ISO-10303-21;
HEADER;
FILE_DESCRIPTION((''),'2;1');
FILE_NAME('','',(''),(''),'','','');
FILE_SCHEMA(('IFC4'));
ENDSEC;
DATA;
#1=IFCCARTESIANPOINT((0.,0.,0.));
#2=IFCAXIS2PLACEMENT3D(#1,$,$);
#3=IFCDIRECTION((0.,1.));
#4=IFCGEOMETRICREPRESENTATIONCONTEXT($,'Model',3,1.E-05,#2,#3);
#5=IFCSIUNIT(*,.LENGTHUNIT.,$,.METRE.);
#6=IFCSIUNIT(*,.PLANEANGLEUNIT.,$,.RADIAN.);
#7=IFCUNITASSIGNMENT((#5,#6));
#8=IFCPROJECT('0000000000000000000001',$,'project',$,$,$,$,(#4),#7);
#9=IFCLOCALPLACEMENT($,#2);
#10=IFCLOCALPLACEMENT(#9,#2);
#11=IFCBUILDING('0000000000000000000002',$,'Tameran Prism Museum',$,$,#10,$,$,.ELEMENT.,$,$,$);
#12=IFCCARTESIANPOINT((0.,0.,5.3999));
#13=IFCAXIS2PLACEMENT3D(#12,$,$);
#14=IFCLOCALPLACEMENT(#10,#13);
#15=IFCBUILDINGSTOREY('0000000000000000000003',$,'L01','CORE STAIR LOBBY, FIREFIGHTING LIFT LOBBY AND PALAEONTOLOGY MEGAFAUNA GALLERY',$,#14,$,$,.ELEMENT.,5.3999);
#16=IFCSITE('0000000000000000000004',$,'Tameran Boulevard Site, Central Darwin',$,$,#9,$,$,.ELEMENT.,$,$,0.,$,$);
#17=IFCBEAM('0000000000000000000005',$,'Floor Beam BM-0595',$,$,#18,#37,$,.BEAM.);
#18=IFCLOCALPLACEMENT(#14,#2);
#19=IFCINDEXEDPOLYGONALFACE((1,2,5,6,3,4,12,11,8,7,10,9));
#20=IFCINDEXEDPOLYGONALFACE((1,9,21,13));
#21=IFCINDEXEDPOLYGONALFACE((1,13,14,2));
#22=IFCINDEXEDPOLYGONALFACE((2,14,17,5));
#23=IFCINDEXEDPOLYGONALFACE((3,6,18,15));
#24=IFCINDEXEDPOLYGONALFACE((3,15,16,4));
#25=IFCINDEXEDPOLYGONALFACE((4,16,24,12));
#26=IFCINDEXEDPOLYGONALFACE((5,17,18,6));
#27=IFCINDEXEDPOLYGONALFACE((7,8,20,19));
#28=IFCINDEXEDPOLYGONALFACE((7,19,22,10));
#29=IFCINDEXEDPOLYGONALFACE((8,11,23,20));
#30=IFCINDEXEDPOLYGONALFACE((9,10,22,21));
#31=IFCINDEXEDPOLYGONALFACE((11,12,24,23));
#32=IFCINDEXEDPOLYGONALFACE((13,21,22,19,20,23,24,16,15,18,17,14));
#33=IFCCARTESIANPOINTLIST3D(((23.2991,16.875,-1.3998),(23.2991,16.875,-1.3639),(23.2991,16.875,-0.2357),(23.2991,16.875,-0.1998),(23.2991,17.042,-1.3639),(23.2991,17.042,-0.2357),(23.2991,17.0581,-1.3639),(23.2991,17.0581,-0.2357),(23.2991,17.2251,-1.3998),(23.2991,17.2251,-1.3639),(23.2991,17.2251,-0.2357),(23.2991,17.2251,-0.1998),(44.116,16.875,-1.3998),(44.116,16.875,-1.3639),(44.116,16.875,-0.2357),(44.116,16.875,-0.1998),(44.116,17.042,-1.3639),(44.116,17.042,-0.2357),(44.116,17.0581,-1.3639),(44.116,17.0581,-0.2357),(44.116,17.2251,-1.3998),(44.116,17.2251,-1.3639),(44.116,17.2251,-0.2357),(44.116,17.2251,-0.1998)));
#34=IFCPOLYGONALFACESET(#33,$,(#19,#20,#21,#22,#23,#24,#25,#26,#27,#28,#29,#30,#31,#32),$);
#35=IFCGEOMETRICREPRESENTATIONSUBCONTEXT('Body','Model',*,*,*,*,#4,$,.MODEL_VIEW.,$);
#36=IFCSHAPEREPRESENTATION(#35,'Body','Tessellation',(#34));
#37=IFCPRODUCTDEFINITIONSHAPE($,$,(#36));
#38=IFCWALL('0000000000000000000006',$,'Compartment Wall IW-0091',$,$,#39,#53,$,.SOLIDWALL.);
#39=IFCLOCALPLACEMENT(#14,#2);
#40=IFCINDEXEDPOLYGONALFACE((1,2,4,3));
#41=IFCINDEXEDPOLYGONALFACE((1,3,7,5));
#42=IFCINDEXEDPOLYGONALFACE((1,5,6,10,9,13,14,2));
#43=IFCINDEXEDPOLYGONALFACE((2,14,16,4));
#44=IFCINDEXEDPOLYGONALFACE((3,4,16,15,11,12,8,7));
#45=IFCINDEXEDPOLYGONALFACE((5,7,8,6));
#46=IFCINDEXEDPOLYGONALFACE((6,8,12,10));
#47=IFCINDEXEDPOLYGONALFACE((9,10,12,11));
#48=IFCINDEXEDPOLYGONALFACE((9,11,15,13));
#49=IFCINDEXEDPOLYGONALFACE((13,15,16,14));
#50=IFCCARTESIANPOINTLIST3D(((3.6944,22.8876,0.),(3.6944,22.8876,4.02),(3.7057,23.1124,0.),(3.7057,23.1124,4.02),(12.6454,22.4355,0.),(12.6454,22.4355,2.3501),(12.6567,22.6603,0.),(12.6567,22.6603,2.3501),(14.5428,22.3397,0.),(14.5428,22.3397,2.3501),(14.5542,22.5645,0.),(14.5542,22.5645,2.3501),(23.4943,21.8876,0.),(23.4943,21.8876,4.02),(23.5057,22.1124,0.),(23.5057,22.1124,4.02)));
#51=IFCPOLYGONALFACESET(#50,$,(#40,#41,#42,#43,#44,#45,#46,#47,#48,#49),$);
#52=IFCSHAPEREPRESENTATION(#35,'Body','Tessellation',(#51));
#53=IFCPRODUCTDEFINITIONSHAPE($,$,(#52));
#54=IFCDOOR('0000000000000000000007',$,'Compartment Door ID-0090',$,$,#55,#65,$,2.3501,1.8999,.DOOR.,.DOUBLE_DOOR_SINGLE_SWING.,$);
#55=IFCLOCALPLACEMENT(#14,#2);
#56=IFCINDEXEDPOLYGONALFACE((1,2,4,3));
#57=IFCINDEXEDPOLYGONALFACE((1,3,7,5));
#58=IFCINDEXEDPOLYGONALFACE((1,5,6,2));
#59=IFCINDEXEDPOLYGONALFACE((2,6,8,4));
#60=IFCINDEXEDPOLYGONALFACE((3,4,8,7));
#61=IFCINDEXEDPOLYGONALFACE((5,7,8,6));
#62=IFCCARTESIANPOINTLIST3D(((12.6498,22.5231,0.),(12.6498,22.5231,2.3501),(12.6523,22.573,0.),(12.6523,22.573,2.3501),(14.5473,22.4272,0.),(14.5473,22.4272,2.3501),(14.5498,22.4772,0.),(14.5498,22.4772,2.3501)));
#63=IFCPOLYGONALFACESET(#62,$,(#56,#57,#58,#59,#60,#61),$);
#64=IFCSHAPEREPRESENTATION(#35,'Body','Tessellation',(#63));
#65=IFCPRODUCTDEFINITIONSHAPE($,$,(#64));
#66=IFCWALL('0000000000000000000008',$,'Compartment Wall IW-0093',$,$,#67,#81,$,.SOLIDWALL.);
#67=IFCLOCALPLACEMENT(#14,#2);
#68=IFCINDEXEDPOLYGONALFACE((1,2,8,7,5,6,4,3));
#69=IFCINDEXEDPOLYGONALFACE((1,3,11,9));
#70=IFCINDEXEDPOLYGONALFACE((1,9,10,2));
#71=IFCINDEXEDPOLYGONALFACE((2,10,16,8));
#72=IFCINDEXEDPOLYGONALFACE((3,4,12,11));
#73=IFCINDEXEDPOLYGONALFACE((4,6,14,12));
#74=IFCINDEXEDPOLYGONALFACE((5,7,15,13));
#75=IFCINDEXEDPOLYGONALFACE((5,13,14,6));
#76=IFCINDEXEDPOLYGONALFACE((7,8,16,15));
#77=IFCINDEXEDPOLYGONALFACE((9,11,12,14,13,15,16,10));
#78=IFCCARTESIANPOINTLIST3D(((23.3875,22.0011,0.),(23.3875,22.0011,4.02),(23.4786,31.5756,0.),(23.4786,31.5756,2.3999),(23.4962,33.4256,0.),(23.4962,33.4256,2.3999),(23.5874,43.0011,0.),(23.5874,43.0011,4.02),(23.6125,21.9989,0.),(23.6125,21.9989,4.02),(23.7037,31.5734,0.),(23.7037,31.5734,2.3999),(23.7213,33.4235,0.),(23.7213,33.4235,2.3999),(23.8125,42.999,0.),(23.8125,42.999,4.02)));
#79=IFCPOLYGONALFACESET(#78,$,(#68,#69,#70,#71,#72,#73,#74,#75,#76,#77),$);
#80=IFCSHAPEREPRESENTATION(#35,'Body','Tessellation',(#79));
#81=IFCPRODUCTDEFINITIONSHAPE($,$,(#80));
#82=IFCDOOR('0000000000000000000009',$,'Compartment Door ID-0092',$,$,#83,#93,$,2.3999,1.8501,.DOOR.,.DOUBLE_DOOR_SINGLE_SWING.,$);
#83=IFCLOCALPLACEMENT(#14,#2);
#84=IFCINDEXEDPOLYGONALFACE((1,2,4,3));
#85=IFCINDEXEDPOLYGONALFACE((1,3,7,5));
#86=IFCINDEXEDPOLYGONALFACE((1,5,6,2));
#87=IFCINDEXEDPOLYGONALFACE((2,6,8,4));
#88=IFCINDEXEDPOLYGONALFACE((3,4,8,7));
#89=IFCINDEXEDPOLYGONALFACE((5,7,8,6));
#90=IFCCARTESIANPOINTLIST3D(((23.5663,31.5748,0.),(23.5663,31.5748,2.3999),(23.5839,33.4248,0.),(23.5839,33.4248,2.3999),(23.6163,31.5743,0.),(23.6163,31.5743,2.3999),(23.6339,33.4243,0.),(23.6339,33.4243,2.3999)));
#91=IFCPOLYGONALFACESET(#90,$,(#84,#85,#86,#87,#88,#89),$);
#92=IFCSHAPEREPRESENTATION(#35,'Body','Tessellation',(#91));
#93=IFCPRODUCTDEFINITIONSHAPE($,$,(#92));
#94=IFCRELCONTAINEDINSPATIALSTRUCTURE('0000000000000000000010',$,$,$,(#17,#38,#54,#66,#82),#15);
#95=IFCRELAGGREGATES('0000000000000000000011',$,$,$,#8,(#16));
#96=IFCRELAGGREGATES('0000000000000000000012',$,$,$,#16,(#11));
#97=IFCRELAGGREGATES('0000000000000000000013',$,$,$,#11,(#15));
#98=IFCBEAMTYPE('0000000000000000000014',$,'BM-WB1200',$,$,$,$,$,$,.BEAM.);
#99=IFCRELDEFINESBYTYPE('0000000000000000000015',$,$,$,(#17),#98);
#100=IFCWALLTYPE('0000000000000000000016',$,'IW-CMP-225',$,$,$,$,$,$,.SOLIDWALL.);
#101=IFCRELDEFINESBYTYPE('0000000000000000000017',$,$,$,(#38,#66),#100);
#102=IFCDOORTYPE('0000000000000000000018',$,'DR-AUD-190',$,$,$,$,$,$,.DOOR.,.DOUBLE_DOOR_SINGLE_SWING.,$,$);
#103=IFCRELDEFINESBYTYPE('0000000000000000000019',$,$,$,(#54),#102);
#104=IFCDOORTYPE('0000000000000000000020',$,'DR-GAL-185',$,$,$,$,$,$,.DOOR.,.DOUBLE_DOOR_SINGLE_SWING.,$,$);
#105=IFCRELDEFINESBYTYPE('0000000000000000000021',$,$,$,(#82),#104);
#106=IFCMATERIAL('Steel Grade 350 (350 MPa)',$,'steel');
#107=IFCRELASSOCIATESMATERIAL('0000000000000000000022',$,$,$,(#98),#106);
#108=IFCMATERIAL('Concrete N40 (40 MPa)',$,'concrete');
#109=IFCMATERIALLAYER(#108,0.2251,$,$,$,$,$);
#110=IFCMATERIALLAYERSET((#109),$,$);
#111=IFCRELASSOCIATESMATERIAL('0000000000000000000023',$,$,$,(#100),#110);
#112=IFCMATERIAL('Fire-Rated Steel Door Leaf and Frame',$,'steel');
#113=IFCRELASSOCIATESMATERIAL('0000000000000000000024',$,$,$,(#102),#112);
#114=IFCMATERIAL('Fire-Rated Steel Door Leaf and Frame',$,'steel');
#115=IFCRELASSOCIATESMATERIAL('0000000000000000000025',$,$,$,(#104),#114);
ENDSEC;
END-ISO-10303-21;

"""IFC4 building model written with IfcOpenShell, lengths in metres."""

from ifc_helpers import new_model, si_unit, direction, frame, frame_2d, origin, origin_2d, place, context, subcontext, project, spatial, rectangle, i_section, extrude, material, layer, layer_set, material_profile, profile_set, type_object, element, fill, save


model = new_model("IFC4")

# Units and contexts
model_context = context("Model", 3, precision=1e-05, world=origin(), true_north=direction((0.0, 1.0)))
body_context = subcontext(model_context, "Body", "Model", "MODEL_VIEW")
ifc_project = project(units=[si_unit("LENGTHUNIT", "METRE"), si_unit("PLANEANGLEUNIT", "RADIAN")], contexts=[model_context])

# Site, building, storey
site_placement = place(None, origin())
site = spatial("IfcSite", under=ifc_project, at=site_placement, Name="Tameran Boulevard Site, Central Darwin", CompositionType="ELEMENT", RefElevation=0.0)
building_placement = place(site_placement, origin())
building = spatial("IfcBuilding", under=site, at=building_placement, Name="Tameran Prism Museum", CompositionType="ELEMENT")
storey_placement = place(building_placement, frame((0.0, 0.0, 5.3999)))
storey = spatial("IfcBuildingStorey", under=building, at=storey_placement, Name="L01", Description="CORE STAIR LOBBY, FIREFIGHTING LIFT LOBBY AND PALAEONTOLOGY MEGAFAUNA GALLERY", CompositionType="ELEMENT", Elevation=5.3999)

# Beam
ifc_material_1 = material(Name="Steel Grade 350 (350 MPa)", Category="steel")
ifc_material_profile_1 = material_profile(ifc_material_1, i_section(OverallWidth=0.3501, OverallDepth=1.2, WebThickness=0.0161, FlangeThickness=0.0359, at=origin_2d()))
ifc_profile_set_1 = profile_set([ifc_material_profile_1])
beam_type_1 = type_object("IfcBeamType", Name="BM-WB1200", PredefinedType="BEAM", material=ifc_profile_set_1)
beam_1_placement = place(storey_placement, frame((23.2991, 17.05, -0.7998), z_axis=(1.0, 0.0, 0.0), x_axis=(0.0, 1.0, 0.0)))
element("IfcBeam", 1, at=beam_1_placement, inside=storey, type_object=beam_type_1, Name="Floor Beam BM-0595", PredefinedType="BEAM", context=body_context, shape_type="SweptSolid", body=[
    extrude(i_section(OverallWidth=0.3501, OverallDepth=1.2, WebThickness=0.0161, FlangeThickness=0.0359, at=origin_2d()), origin(), (0.0, 0.0, 1.0), 20.8169),
])

# Walls, openings, doors
ifc_material_2 = material(Name="Concrete N40 (40 MPa)", Category="concrete")
ifc_layer = layer(ifc_material_2, 0.2251)
ifc_layer_set = layer_set([ifc_layer])
wall_type = type_object("IfcWallType", Name="IW-CMP-225", PredefinedType="SOLIDWALL", material=ifc_layer_set)
wall_1_placement = place(storey_placement, frame((23.5, 22.0, 0.0), z_axis=(0.0, 0.0, 1.0), x_axis=(-0.998727, 0.050441, 0.0)))
wall_1 = element("IfcWall", 2, at=wall_1_placement, inside=storey, type_object=wall_type, Name="Compartment Wall IW-0091", PredefinedType="SOLIDWALL", context=body_context, shape_type="SweptSolid", body=[
    extrude(rectangle(XDim=19.8252, YDim=0.2251, at=frame_2d((9.9126, 0.0))), origin(), (0.0, 0.0, 1.0), 4.02),
])
opening_1_placement = place(wall_1_placement, frame((8.9629, 0.0, 0.0)))
opening_1 = element("IfcOpeningElement", 3, at=opening_1_placement, cuts=wall_1, PredefinedType="OPENING", context=body_context, shape_type="SweptSolid", body=[
    extrude(rectangle(XDim=1.8999, YDim=2.3501, at=frame_2d((0.95, 1.175))), frame((0.0, 0.1226, 0.0), z_axis=(0.0, -1.0, 0.0), x_axis=(1.0, 0.0, 0.0)), (0.0, 0.0, 1.0), 0.2451),
])
ifc_material_3 = material(Name="Fire-Rated Steel Door Leaf and Frame", Category="steel")
door_type_1 = type_object("IfcDoorType", Name="DR-AUD-190", OperationType="DOUBLE_DOOR_SINGLE_SWING", PredefinedType="DOOR", material=ifc_material_3)
door_1_placement = place(opening_1_placement, origin())
door_1 = element("IfcDoor", 4, at=door_1_placement, inside=storey, type_object=door_type_1, Name="Compartment Door ID-0090", OperationType="DOUBLE_DOOR_SINGLE_SWING", OverallHeight=2.3501, OverallWidth=1.8999, PredefinedType="DOOR", context=body_context, shape_type="SweptSolid", body=[
    extrude(rectangle(XDim=1.8999, YDim=2.3501, at=frame_2d((0.95, 1.175))), frame((0.0, 0.0249, 0.0), z_axis=(0.0, -1.0, 0.0), x_axis=(1.0, 0.0, 0.0)), (0.0, 0.0, 1.0), 0.05),
])
fill(opening_1, door_1)
wall_2_placement = place(storey_placement, frame((23.5, 22.0, 0.0), z_axis=(0.0, 0.0, 1.0), x_axis=(0.009521, 0.999955, 0.0)))
wall_2 = element("IfcWall", 5, at=wall_2_placement, inside=storey, type_object=wall_type, Name="Compartment Wall IW-0093", PredefinedType="SOLIDWALL", context=body_context, shape_type="SweptSolid", body=[
    extrude(rectangle(XDim=21.001, YDim=0.2251, at=frame_2d((10.5005, 0.0))), origin(), (0.0, 0.0, 1.0), 4.02),
])
opening_2_placement = place(wall_2_placement, frame((9.575, 0.0, 0.0)))
opening_2 = element("IfcOpeningElement", 6, at=opening_2_placement, cuts=wall_2, PredefinedType="OPENING", context=body_context, shape_type="SweptSolid", body=[
    extrude(rectangle(XDim=1.8501, YDim=2.3999, at=frame_2d((0.925, 1.2))), frame((0.0, 0.1226, 0.0), z_axis=(0.0, -1.0, 0.0), x_axis=(1.0, 0.0, 0.0)), (0.0, 0.0, 1.0), 0.2451),
])
ifc_material_4 = material(Name="Fire-Rated Steel Door Leaf and Frame", Category="steel")
door_type_2 = type_object("IfcDoorType", Name="DR-GAL-185", OperationType="DOUBLE_DOOR_SINGLE_SWING", PredefinedType="DOOR", material=ifc_material_4)
door_2_placement = place(opening_2_placement, origin())
door_2 = element("IfcDoor", 7, at=door_2_placement, inside=storey, type_object=door_type_2, Name="Compartment Door ID-0092", OperationType="DOUBLE_DOOR_SINGLE_SWING", OverallHeight=2.3999, OverallWidth=1.8501, PredefinedType="DOOR", context=body_context, shape_type="SweptSolid", body=[
    extrude(rectangle(XDim=1.8501, YDim=2.3999, at=frame_2d((0.925, 1.2))), frame((0.0, 0.0249, 0.0), z_axis=(0.0, -1.0, 0.0), x_axis=(1.0, 0.0, 0.0)), (0.0, 0.0, 1.0), 0.05),
])
fill(opening_2, door_2)

save(model, "model.ifc")
